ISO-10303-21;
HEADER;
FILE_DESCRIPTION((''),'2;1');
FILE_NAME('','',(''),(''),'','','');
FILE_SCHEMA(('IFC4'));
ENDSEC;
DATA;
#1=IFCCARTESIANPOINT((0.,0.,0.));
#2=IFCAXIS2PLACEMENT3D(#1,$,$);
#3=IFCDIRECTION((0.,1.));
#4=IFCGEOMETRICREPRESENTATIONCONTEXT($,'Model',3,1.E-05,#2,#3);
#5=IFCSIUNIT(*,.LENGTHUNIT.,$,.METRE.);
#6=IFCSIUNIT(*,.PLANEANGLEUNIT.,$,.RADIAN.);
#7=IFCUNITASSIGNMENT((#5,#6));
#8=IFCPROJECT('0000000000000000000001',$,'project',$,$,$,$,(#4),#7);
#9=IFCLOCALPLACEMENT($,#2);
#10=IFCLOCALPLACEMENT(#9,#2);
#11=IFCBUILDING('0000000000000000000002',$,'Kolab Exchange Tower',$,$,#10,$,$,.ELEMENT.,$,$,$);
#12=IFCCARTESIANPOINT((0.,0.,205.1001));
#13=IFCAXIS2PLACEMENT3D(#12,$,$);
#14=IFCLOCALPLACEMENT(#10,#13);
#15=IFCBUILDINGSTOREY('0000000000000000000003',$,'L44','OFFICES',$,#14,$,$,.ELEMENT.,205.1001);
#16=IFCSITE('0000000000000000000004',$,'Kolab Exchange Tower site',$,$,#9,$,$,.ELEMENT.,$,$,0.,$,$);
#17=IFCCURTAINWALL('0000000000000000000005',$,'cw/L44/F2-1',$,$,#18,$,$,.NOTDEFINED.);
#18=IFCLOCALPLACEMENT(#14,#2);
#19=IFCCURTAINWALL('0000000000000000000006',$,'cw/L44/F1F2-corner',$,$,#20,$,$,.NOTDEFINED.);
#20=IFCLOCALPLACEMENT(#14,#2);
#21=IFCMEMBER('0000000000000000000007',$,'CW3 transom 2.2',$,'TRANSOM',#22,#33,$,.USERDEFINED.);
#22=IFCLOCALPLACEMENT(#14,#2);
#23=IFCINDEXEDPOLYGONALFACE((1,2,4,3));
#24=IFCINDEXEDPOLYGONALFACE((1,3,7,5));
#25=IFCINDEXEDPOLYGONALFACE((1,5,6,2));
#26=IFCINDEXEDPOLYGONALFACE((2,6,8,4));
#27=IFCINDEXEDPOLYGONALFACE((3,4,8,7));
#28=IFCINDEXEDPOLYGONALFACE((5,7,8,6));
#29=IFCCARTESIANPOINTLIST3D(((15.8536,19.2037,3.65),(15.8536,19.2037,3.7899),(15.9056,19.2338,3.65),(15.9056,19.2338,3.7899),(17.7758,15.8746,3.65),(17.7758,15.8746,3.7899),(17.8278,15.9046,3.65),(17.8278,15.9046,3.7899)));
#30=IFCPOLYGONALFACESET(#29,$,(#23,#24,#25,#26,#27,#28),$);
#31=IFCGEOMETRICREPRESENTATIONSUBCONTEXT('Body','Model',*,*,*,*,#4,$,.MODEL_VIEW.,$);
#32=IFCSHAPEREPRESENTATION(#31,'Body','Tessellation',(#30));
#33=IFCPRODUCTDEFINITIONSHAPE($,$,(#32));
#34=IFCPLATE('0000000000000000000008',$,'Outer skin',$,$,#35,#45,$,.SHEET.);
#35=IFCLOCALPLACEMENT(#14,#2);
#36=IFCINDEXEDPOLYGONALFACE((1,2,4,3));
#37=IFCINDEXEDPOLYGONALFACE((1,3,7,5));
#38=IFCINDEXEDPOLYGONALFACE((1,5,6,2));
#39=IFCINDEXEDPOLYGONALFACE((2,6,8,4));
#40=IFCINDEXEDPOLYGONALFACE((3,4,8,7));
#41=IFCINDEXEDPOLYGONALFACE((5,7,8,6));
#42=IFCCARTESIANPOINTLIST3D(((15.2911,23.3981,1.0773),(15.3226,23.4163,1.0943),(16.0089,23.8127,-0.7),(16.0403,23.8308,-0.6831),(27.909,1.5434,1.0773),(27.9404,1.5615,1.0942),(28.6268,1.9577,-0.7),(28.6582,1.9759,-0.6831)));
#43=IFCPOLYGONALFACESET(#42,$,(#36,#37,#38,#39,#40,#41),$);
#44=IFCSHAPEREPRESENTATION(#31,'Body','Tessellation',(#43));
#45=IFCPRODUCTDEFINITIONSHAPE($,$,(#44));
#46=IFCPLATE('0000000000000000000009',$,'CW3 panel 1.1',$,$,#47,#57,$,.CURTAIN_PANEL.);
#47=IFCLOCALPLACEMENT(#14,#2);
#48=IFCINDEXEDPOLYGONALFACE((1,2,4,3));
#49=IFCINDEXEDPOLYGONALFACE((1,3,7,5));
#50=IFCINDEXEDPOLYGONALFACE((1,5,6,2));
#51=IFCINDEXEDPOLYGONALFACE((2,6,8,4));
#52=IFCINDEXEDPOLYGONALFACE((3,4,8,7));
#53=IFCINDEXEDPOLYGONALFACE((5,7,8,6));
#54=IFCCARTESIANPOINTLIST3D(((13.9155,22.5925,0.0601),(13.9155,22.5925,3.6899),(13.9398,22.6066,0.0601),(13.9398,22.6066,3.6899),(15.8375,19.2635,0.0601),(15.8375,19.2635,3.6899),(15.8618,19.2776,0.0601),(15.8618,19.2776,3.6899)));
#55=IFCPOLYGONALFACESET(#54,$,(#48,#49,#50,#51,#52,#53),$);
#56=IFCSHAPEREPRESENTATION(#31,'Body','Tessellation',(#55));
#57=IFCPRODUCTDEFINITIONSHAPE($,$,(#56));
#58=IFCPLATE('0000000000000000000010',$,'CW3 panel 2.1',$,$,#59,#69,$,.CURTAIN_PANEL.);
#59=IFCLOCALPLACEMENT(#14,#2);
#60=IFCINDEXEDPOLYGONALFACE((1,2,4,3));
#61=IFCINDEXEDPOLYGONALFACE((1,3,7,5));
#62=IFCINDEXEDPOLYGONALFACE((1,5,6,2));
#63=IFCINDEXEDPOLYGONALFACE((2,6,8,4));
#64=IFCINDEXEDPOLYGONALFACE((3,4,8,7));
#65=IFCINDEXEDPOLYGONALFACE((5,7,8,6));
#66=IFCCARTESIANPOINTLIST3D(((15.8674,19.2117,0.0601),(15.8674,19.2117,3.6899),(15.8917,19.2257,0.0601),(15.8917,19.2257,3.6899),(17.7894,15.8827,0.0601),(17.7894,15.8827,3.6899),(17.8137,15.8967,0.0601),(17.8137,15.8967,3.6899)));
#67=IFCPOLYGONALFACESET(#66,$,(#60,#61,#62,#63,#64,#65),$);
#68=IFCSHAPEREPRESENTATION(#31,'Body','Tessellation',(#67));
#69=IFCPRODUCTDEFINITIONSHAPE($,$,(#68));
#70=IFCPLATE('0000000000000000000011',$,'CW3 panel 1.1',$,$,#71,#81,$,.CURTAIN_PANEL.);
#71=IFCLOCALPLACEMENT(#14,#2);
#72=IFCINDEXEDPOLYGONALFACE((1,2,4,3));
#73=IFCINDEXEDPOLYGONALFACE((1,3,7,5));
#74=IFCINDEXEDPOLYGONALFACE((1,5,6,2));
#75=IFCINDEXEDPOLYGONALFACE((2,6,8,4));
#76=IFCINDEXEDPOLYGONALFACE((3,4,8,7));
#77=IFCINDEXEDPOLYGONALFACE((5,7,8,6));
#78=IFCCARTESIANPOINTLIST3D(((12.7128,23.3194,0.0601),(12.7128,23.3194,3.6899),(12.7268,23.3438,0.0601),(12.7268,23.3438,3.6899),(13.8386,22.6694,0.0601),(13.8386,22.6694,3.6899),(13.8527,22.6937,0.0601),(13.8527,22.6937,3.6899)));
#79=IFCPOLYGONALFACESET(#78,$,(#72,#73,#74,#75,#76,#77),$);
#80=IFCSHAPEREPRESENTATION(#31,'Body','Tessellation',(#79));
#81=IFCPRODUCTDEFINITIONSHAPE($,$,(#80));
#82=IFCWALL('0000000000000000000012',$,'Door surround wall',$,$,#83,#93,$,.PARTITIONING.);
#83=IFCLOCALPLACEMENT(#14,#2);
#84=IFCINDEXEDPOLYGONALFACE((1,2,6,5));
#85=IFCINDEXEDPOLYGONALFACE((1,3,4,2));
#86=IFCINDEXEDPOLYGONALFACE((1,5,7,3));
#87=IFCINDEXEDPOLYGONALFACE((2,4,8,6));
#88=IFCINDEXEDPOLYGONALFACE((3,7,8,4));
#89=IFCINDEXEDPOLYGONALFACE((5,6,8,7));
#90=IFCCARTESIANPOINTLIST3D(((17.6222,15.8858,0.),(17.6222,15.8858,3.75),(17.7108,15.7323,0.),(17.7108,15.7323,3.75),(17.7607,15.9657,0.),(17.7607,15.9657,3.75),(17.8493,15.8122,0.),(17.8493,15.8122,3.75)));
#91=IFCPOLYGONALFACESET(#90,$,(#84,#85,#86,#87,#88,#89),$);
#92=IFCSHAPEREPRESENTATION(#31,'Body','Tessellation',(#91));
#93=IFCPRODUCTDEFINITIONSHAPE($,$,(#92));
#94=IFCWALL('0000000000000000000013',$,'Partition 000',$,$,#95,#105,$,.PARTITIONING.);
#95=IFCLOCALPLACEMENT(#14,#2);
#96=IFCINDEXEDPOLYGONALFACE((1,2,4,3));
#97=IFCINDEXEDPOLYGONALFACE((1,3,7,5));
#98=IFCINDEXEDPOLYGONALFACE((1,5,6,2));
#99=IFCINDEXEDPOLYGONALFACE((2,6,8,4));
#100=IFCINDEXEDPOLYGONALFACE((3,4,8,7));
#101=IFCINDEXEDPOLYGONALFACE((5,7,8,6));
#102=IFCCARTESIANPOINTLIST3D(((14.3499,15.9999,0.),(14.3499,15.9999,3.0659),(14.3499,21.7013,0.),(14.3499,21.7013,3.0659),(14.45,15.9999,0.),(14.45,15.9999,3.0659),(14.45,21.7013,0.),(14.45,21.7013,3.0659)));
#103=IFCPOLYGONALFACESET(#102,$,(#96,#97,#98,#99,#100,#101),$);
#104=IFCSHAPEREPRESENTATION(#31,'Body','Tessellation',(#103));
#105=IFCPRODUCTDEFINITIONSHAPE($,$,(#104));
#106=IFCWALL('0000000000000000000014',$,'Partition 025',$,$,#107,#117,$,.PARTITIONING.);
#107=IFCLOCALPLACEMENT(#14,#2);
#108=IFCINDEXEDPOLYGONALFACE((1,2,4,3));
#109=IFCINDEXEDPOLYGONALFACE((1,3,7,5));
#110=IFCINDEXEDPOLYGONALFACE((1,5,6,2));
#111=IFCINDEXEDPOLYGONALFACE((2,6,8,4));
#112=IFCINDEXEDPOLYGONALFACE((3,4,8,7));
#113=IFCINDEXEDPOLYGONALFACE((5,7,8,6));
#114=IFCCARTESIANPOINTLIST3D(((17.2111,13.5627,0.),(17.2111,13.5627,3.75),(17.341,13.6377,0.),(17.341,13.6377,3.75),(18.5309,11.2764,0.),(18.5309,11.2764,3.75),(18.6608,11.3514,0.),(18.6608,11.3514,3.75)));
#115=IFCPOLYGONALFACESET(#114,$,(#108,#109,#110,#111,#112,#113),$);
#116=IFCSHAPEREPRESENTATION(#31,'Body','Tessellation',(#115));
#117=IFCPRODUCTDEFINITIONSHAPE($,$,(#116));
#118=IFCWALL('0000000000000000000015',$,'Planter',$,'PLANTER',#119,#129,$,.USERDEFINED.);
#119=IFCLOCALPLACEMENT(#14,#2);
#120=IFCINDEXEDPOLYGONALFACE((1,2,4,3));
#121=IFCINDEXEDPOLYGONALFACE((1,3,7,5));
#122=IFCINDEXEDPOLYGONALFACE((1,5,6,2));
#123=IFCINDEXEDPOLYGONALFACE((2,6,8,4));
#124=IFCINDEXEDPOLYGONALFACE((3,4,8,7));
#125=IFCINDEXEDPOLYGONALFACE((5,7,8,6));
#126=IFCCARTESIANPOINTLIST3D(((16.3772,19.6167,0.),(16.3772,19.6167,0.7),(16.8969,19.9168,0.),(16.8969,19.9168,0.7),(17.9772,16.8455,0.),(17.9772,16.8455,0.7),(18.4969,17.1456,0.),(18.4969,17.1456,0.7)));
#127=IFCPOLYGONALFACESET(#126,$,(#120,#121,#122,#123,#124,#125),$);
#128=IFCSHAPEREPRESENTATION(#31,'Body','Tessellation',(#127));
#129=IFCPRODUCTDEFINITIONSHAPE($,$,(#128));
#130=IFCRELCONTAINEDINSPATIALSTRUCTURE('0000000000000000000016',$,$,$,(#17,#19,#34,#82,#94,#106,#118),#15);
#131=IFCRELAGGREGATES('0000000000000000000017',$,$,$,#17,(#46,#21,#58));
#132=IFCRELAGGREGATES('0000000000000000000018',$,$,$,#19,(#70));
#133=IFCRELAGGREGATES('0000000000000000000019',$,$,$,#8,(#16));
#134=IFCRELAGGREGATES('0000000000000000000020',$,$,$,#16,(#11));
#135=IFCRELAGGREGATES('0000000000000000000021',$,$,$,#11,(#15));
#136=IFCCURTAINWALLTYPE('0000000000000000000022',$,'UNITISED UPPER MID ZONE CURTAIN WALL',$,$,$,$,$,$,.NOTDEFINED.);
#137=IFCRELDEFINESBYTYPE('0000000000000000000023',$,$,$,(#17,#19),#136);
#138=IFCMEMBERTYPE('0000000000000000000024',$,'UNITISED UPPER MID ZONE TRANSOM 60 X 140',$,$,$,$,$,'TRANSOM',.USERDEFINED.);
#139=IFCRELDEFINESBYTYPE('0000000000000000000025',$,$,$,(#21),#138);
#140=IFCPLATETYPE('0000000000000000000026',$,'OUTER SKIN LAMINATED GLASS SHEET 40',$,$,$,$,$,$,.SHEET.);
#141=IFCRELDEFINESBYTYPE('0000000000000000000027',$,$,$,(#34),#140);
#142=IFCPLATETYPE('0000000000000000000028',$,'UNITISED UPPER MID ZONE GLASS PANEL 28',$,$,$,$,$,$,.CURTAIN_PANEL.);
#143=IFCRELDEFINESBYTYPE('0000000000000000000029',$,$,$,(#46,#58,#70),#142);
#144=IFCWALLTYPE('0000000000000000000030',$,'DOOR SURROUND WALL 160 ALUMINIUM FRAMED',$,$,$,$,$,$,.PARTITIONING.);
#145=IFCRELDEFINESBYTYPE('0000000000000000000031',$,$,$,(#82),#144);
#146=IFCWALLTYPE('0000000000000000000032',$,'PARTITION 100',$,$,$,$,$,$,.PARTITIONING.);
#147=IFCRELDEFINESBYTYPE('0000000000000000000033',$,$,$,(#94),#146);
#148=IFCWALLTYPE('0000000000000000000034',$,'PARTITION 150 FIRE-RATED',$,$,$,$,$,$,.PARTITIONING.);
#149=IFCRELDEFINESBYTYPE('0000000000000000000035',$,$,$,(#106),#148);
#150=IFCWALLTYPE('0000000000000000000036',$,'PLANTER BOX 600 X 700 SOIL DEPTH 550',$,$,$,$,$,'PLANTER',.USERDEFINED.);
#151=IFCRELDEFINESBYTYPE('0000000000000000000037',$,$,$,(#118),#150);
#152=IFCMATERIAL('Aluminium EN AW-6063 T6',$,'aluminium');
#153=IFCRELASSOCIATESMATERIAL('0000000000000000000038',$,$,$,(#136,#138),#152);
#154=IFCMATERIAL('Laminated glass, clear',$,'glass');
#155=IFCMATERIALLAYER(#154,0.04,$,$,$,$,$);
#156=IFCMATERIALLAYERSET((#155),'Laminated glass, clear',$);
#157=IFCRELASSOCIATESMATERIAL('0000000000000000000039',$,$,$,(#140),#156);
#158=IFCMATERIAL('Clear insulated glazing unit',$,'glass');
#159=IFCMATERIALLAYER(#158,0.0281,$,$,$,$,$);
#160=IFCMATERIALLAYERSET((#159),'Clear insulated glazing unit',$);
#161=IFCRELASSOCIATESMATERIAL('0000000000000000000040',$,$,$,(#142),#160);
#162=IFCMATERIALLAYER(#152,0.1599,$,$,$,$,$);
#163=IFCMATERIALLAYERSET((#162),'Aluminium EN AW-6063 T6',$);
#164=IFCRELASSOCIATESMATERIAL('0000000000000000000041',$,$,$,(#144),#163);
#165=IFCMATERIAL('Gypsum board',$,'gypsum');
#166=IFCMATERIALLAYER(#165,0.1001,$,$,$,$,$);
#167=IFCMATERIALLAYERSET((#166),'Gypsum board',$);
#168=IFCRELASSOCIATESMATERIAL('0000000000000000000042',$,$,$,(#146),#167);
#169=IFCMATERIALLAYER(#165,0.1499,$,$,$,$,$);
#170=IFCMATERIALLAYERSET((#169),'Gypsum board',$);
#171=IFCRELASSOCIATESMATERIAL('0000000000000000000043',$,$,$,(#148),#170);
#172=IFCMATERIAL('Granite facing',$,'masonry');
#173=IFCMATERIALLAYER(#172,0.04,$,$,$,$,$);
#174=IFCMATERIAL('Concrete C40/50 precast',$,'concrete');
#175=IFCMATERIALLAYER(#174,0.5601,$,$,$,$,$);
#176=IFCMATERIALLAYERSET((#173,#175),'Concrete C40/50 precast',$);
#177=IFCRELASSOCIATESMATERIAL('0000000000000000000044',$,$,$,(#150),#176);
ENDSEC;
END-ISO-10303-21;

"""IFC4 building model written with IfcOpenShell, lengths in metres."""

from ifc_helpers import new_model, si_unit, direction, frame, frame_2d, origin, origin_2d, place, context, subcontext, project, spatial, polyline, rectangle, outline, extrude, material, layer, layer_set, material_profile, profile_set, type_object, element, aggregate, save


model = new_model("IFC4")

# Units and contexts
model_context = context("Model", 3, precision=1e-05, world=origin(), true_north=direction((0.0, 1.0)))
body_context = subcontext(model_context, "Body", "Model", "MODEL_VIEW")
ifc_project = project(units=[si_unit("LENGTHUNIT", "METRE"), si_unit("PLANEANGLEUNIT", "RADIAN")], contexts=[model_context])

# Site, building, storey
site_placement = place(None, origin())
site = spatial("IfcSite", under=ifc_project, at=site_placement, Name="Kolab Exchange Tower site", CompositionType="ELEMENT", RefElevation=0.0)
building_placement = place(site_placement, origin())
building = spatial("IfcBuilding", under=site, at=building_placement, Name="Kolab Exchange Tower", CompositionType="ELEMENT")
storey_placement = place(building_placement, frame((0.0, 0.0, 205.1001)))
storey = spatial("IfcBuildingStorey", under=building, at=storey_placement, Name="L44", Description="OFFICES", CompositionType="ELEMENT", Elevation=205.1001)

# Curtain wall
ifc_material_1 = material(Name="Aluminium EN AW-6063 T6", Category="aluminium")
curtain_wall_type = type_object("IfcCurtainWallType", Name="UNITISED UPPER MID ZONE CURTAIN WALL", PredefinedType="NOTDEFINED", material=ifc_material_1)
curtain_wall_1_placement = place(storey_placement, origin())
curtain_wall_1 = element("IfcCurtainWall", 1, at=curtain_wall_1_placement, inside=storey, type_object=curtain_wall_type, Name="cw/L44/F2-1", PredefinedType="NOTDEFINED")

# Curtain wall
curtain_wall_2_placement = place(storey_placement, origin())
curtain_wall_2 = element("IfcCurtainWall", 2, at=curtain_wall_2_placement, inside=storey, type_object=curtain_wall_type, Name="cw/L44/F1F2-corner", PredefinedType="NOTDEFINED")

# Member
ifc_material_profile_1 = material_profile(ifc_material_1, rectangle(XDim=0.0601, YDim=0.1399, at=origin_2d()), Name="RECT 60X140")
ifc_profile_set_1 = profile_set([ifc_material_profile_1], Name="Aluminium EN AW-6063 T6")
member_type_1 = type_object("IfcMemberType", Name="UNITISED UPPER MID ZONE TRANSOM 60 X 140", ElementType="TRANSOM", PredefinedType="USERDEFINED", material=ifc_profile_set_1)
member_1_placement = place(storey_placement, frame((15.8796, 19.2188, 3.72), z_axis=(0.500012, -0.866018, 0.0), x_axis=(0.866018, 0.500012, 0.0)))
member_1 = element("IfcMember", 3, at=member_1_placement, type_object=member_type_1, Name="CW3 transom 2.2", ObjectType="TRANSOM", PredefinedType="USERDEFINED", context=body_context, shape_type="SweptSolid", body=[
    extrude(rectangle(XDim=0.0601, YDim=0.1399, at=origin_2d()), origin(), (0.0, 0.0, 1.0), 3.8442),
])

# Plates
ifc_material_2 = material(Name="Laminated glass, clear", Category="glass")
ifc_layer_1 = layer(ifc_material_2, 0.04)
ifc_layer_set_1 = layer_set([ifc_layer_1], Name="Laminated glass, clear")
plate_type_1 = type_object("IfcPlateType", Name="OUTER SKIN LAMINATED GLASS SHEET 40", PredefinedType="SHEET", material=ifc_layer_set_1)
plate_1_placement = place(storey_placement, frame((16.0403, 23.8308, -0.6831), z_axis=(0.784879, 0.453151, 0.422633), x_axis=(0.5, -0.866025, 0.000001)))
element("IfcPlate", 4, at=plate_1_placement, inside=storey, type_object=plate_type_1, Name="Outer skin", PredefinedType="SHEET", context=body_context, shape_type="SweptSolid", body=[
    extrude(outline(polyline([(0.0, 0.0), (25.2359, 0.0), (25.2358, -1.9611), (0.0001, -1.9611), (0.0, 0.0)])), origin(), (0.0, 0.0, -1.0), 0.04),
])
ifc_material_3 = material(Name="Clear insulated glazing unit", Category="glass")
ifc_layer_2 = layer(ifc_material_3, 0.0281)
ifc_layer_set_2 = layer_set([ifc_layer_2], Name="Clear insulated glazing unit")
plate_type_2 = type_object("IfcPlateType", Name="UNITISED UPPER MID ZONE GLASS PANEL 28", PredefinedType="CURTAIN_PANEL", material=ifc_layer_set_2)
plate_2_placement = place(storey_placement, frame((14.8887, 20.9351, 0.0601), z_axis=(0.0, 0.0, 1.0), x_axis=(0.5, -0.866025, 0.0)))
plate_2 = element("IfcPlate", 5, at=plate_2_placement, type_object=plate_type_2, Name="CW3 panel 1.1", PredefinedType="CURTAIN_PANEL", context=body_context, shape_type="SweptSolid", body=[
    extrude(rectangle(XDim=3.844, YDim=0.0281, at=origin_2d()), origin(), (0.0, 0.0, 1.0), 3.6299),
])
plate_3_placement = place(storey_placement, frame((16.8406, 17.5542, 0.0601), z_axis=(0.0, 0.0, 1.0), x_axis=(0.5, -0.866025, 0.0)))
plate_3 = element("IfcPlate", 6, at=plate_3_placement, type_object=plate_type_2, Name="CW3 panel 2.1", PredefinedType="CURTAIN_PANEL", context=body_context, shape_type="SweptSolid", body=[
    extrude(rectangle(XDim=3.844, YDim=0.0281, at=origin_2d()), origin(), (0.0, 0.0, 1.0), 3.6299),
])
aggregate(curtain_wall_1, [plate_2, member_1, plate_3])
plate_4_placement = place(storey_placement, frame((13.2827, 23.0066, 0.0601), z_axis=(0.0, 0.0, 1.0), x_axis=(0.866025, -0.5, 0.0)))
plate_4 = element("IfcPlate", 7, at=plate_4_placement, type_object=plate_type_2, Name="CW3 panel 1.1", PredefinedType="CURTAIN_PANEL", context=body_context, shape_type="SweptSolid", body=[
    extrude(rectangle(XDim=1.3, YDim=0.0281, at=origin_2d()), origin(), (0.0, 0.0, 1.0), 3.6299),
])
aggregate(curtain_wall_2, [plate_4])

# Shared definitions
ifc_layer_3 = layer(ifc_material_1, 0.1599)
ifc_layer_set_3 = layer_set([ifc_layer_3], Name="Aluminium EN AW-6063 T6")
wall_type_1 = type_object("IfcWallType", Name="DOOR SURROUND WALL 160 ALUMINIUM FRAMED", PredefinedType="PARTITIONING", material=ifc_layer_set_3)

# Walls
wall_1_placement = place(storey_placement, frame((17.78, 15.7722, 0.0), z_axis=(0.0, 0.0, 1.0), x_axis=(-0.499842, 0.866117, 0.0)))
element("IfcWall", 8, at=wall_1_placement, inside=storey, type_object=wall_type_1, Name="Door surround wall", PredefinedType="PARTITIONING", context=body_context, shape_type="SweptSolid", body=[
    extrude(rectangle(XDim=0.1772, YDim=0.1599, at=frame_2d((0.0886, 0.0))), origin(), (0.0, 0.0, 1.0), 3.75),
])
ifc_material_4 = material(Name="Gypsum board", Category="gypsum")
ifc_layer_4 = layer(ifc_material_4, 0.1001)
ifc_layer_set_4 = layer_set([ifc_layer_4], Name="Gypsum board")
wall_type_2 = type_object("IfcWallType", Name="PARTITION 100", PredefinedType="PARTITIONING", material=ifc_layer_set_4)
wall_2_placement = place(storey_placement, frame((14.3999, 16.0, 0.0), z_axis=(0.0, 0.0, 1.0), x_axis=(0.0, 1.0, 0.0)))
element("IfcWall", 9, at=wall_2_placement, inside=storey, type_object=wall_type_2, Name="Partition 000", PredefinedType="PARTITIONING", context=body_context, shape_type="SweptSolid", body=[
    extrude(rectangle(XDim=5.7014, YDim=0.1001, at=frame_2d((2.8506, 0.0))), origin(), (0.0, 0.0, 1.0), 3.0659),
])
ifc_layer_5 = layer(ifc_material_4, 0.1499)
ifc_layer_set_5 = layer_set([ifc_layer_5], Name="Gypsum board")
wall_type_3 = type_object("IfcWallType", Name="PARTITION 150 FIRE-RATED", PredefinedType="PARTITIONING", material=ifc_layer_set_5)
wall_3_placement = place(storey_placement, frame((17.2761, 13.6001, 0.0), z_axis=(0.0, 0.0, 1.0), x_axis=(0.499939, -0.866061, 0.0)))
element("IfcWall", 10, at=wall_3_placement, inside=storey, type_object=wall_type_3, Name="Partition 025", PredefinedType="PARTITIONING", context=body_context, shape_type="SweptSolid", body=[
    extrude(rectangle(XDim=2.6399, YDim=0.1499, at=frame_2d((1.3198, 0.0))), origin(), (0.0, 0.0, 1.0), 3.75),
])
ifc_material_5 = material(Name="Granite facing", Category="masonry")
ifc_layer_6 = layer(ifc_material_5, 0.04)
ifc_material_6 = material(Name="Concrete C40/50 precast", Category="concrete")
ifc_layer_7 = layer(ifc_material_6, 0.5601)
ifc_layer_set_6 = layer_set([ifc_layer_6, ifc_layer_7], Name="Concrete C40/50 precast")
wall_type_4 = type_object("IfcWallType", Name="PLANTER BOX 600 X 700 SOIL DEPTH 550", ElementType="PLANTER", PredefinedType="USERDEFINED", material=ifc_layer_set_6)
wall_4_placement = place(storey_placement, frame((16.637, 19.7668, 0.0), z_axis=(0.0, 0.0, 1.0), x_axis=(0.500028, -0.866009, 0.0)))
element("IfcWall", 11, at=wall_4_placement, inside=storey, type_object=wall_type_4, Name="Planter", ObjectType="PLANTER", PredefinedType="USERDEFINED", context=body_context, shape_type="SweptSolid", body=[
    extrude(rectangle(XDim=3.2, YDim=0.6001, at=frame_2d((1.6001, 0.0))), origin(), (0.0, 0.0, 1.0), 0.7),
])

save(model, "model.ifc")
